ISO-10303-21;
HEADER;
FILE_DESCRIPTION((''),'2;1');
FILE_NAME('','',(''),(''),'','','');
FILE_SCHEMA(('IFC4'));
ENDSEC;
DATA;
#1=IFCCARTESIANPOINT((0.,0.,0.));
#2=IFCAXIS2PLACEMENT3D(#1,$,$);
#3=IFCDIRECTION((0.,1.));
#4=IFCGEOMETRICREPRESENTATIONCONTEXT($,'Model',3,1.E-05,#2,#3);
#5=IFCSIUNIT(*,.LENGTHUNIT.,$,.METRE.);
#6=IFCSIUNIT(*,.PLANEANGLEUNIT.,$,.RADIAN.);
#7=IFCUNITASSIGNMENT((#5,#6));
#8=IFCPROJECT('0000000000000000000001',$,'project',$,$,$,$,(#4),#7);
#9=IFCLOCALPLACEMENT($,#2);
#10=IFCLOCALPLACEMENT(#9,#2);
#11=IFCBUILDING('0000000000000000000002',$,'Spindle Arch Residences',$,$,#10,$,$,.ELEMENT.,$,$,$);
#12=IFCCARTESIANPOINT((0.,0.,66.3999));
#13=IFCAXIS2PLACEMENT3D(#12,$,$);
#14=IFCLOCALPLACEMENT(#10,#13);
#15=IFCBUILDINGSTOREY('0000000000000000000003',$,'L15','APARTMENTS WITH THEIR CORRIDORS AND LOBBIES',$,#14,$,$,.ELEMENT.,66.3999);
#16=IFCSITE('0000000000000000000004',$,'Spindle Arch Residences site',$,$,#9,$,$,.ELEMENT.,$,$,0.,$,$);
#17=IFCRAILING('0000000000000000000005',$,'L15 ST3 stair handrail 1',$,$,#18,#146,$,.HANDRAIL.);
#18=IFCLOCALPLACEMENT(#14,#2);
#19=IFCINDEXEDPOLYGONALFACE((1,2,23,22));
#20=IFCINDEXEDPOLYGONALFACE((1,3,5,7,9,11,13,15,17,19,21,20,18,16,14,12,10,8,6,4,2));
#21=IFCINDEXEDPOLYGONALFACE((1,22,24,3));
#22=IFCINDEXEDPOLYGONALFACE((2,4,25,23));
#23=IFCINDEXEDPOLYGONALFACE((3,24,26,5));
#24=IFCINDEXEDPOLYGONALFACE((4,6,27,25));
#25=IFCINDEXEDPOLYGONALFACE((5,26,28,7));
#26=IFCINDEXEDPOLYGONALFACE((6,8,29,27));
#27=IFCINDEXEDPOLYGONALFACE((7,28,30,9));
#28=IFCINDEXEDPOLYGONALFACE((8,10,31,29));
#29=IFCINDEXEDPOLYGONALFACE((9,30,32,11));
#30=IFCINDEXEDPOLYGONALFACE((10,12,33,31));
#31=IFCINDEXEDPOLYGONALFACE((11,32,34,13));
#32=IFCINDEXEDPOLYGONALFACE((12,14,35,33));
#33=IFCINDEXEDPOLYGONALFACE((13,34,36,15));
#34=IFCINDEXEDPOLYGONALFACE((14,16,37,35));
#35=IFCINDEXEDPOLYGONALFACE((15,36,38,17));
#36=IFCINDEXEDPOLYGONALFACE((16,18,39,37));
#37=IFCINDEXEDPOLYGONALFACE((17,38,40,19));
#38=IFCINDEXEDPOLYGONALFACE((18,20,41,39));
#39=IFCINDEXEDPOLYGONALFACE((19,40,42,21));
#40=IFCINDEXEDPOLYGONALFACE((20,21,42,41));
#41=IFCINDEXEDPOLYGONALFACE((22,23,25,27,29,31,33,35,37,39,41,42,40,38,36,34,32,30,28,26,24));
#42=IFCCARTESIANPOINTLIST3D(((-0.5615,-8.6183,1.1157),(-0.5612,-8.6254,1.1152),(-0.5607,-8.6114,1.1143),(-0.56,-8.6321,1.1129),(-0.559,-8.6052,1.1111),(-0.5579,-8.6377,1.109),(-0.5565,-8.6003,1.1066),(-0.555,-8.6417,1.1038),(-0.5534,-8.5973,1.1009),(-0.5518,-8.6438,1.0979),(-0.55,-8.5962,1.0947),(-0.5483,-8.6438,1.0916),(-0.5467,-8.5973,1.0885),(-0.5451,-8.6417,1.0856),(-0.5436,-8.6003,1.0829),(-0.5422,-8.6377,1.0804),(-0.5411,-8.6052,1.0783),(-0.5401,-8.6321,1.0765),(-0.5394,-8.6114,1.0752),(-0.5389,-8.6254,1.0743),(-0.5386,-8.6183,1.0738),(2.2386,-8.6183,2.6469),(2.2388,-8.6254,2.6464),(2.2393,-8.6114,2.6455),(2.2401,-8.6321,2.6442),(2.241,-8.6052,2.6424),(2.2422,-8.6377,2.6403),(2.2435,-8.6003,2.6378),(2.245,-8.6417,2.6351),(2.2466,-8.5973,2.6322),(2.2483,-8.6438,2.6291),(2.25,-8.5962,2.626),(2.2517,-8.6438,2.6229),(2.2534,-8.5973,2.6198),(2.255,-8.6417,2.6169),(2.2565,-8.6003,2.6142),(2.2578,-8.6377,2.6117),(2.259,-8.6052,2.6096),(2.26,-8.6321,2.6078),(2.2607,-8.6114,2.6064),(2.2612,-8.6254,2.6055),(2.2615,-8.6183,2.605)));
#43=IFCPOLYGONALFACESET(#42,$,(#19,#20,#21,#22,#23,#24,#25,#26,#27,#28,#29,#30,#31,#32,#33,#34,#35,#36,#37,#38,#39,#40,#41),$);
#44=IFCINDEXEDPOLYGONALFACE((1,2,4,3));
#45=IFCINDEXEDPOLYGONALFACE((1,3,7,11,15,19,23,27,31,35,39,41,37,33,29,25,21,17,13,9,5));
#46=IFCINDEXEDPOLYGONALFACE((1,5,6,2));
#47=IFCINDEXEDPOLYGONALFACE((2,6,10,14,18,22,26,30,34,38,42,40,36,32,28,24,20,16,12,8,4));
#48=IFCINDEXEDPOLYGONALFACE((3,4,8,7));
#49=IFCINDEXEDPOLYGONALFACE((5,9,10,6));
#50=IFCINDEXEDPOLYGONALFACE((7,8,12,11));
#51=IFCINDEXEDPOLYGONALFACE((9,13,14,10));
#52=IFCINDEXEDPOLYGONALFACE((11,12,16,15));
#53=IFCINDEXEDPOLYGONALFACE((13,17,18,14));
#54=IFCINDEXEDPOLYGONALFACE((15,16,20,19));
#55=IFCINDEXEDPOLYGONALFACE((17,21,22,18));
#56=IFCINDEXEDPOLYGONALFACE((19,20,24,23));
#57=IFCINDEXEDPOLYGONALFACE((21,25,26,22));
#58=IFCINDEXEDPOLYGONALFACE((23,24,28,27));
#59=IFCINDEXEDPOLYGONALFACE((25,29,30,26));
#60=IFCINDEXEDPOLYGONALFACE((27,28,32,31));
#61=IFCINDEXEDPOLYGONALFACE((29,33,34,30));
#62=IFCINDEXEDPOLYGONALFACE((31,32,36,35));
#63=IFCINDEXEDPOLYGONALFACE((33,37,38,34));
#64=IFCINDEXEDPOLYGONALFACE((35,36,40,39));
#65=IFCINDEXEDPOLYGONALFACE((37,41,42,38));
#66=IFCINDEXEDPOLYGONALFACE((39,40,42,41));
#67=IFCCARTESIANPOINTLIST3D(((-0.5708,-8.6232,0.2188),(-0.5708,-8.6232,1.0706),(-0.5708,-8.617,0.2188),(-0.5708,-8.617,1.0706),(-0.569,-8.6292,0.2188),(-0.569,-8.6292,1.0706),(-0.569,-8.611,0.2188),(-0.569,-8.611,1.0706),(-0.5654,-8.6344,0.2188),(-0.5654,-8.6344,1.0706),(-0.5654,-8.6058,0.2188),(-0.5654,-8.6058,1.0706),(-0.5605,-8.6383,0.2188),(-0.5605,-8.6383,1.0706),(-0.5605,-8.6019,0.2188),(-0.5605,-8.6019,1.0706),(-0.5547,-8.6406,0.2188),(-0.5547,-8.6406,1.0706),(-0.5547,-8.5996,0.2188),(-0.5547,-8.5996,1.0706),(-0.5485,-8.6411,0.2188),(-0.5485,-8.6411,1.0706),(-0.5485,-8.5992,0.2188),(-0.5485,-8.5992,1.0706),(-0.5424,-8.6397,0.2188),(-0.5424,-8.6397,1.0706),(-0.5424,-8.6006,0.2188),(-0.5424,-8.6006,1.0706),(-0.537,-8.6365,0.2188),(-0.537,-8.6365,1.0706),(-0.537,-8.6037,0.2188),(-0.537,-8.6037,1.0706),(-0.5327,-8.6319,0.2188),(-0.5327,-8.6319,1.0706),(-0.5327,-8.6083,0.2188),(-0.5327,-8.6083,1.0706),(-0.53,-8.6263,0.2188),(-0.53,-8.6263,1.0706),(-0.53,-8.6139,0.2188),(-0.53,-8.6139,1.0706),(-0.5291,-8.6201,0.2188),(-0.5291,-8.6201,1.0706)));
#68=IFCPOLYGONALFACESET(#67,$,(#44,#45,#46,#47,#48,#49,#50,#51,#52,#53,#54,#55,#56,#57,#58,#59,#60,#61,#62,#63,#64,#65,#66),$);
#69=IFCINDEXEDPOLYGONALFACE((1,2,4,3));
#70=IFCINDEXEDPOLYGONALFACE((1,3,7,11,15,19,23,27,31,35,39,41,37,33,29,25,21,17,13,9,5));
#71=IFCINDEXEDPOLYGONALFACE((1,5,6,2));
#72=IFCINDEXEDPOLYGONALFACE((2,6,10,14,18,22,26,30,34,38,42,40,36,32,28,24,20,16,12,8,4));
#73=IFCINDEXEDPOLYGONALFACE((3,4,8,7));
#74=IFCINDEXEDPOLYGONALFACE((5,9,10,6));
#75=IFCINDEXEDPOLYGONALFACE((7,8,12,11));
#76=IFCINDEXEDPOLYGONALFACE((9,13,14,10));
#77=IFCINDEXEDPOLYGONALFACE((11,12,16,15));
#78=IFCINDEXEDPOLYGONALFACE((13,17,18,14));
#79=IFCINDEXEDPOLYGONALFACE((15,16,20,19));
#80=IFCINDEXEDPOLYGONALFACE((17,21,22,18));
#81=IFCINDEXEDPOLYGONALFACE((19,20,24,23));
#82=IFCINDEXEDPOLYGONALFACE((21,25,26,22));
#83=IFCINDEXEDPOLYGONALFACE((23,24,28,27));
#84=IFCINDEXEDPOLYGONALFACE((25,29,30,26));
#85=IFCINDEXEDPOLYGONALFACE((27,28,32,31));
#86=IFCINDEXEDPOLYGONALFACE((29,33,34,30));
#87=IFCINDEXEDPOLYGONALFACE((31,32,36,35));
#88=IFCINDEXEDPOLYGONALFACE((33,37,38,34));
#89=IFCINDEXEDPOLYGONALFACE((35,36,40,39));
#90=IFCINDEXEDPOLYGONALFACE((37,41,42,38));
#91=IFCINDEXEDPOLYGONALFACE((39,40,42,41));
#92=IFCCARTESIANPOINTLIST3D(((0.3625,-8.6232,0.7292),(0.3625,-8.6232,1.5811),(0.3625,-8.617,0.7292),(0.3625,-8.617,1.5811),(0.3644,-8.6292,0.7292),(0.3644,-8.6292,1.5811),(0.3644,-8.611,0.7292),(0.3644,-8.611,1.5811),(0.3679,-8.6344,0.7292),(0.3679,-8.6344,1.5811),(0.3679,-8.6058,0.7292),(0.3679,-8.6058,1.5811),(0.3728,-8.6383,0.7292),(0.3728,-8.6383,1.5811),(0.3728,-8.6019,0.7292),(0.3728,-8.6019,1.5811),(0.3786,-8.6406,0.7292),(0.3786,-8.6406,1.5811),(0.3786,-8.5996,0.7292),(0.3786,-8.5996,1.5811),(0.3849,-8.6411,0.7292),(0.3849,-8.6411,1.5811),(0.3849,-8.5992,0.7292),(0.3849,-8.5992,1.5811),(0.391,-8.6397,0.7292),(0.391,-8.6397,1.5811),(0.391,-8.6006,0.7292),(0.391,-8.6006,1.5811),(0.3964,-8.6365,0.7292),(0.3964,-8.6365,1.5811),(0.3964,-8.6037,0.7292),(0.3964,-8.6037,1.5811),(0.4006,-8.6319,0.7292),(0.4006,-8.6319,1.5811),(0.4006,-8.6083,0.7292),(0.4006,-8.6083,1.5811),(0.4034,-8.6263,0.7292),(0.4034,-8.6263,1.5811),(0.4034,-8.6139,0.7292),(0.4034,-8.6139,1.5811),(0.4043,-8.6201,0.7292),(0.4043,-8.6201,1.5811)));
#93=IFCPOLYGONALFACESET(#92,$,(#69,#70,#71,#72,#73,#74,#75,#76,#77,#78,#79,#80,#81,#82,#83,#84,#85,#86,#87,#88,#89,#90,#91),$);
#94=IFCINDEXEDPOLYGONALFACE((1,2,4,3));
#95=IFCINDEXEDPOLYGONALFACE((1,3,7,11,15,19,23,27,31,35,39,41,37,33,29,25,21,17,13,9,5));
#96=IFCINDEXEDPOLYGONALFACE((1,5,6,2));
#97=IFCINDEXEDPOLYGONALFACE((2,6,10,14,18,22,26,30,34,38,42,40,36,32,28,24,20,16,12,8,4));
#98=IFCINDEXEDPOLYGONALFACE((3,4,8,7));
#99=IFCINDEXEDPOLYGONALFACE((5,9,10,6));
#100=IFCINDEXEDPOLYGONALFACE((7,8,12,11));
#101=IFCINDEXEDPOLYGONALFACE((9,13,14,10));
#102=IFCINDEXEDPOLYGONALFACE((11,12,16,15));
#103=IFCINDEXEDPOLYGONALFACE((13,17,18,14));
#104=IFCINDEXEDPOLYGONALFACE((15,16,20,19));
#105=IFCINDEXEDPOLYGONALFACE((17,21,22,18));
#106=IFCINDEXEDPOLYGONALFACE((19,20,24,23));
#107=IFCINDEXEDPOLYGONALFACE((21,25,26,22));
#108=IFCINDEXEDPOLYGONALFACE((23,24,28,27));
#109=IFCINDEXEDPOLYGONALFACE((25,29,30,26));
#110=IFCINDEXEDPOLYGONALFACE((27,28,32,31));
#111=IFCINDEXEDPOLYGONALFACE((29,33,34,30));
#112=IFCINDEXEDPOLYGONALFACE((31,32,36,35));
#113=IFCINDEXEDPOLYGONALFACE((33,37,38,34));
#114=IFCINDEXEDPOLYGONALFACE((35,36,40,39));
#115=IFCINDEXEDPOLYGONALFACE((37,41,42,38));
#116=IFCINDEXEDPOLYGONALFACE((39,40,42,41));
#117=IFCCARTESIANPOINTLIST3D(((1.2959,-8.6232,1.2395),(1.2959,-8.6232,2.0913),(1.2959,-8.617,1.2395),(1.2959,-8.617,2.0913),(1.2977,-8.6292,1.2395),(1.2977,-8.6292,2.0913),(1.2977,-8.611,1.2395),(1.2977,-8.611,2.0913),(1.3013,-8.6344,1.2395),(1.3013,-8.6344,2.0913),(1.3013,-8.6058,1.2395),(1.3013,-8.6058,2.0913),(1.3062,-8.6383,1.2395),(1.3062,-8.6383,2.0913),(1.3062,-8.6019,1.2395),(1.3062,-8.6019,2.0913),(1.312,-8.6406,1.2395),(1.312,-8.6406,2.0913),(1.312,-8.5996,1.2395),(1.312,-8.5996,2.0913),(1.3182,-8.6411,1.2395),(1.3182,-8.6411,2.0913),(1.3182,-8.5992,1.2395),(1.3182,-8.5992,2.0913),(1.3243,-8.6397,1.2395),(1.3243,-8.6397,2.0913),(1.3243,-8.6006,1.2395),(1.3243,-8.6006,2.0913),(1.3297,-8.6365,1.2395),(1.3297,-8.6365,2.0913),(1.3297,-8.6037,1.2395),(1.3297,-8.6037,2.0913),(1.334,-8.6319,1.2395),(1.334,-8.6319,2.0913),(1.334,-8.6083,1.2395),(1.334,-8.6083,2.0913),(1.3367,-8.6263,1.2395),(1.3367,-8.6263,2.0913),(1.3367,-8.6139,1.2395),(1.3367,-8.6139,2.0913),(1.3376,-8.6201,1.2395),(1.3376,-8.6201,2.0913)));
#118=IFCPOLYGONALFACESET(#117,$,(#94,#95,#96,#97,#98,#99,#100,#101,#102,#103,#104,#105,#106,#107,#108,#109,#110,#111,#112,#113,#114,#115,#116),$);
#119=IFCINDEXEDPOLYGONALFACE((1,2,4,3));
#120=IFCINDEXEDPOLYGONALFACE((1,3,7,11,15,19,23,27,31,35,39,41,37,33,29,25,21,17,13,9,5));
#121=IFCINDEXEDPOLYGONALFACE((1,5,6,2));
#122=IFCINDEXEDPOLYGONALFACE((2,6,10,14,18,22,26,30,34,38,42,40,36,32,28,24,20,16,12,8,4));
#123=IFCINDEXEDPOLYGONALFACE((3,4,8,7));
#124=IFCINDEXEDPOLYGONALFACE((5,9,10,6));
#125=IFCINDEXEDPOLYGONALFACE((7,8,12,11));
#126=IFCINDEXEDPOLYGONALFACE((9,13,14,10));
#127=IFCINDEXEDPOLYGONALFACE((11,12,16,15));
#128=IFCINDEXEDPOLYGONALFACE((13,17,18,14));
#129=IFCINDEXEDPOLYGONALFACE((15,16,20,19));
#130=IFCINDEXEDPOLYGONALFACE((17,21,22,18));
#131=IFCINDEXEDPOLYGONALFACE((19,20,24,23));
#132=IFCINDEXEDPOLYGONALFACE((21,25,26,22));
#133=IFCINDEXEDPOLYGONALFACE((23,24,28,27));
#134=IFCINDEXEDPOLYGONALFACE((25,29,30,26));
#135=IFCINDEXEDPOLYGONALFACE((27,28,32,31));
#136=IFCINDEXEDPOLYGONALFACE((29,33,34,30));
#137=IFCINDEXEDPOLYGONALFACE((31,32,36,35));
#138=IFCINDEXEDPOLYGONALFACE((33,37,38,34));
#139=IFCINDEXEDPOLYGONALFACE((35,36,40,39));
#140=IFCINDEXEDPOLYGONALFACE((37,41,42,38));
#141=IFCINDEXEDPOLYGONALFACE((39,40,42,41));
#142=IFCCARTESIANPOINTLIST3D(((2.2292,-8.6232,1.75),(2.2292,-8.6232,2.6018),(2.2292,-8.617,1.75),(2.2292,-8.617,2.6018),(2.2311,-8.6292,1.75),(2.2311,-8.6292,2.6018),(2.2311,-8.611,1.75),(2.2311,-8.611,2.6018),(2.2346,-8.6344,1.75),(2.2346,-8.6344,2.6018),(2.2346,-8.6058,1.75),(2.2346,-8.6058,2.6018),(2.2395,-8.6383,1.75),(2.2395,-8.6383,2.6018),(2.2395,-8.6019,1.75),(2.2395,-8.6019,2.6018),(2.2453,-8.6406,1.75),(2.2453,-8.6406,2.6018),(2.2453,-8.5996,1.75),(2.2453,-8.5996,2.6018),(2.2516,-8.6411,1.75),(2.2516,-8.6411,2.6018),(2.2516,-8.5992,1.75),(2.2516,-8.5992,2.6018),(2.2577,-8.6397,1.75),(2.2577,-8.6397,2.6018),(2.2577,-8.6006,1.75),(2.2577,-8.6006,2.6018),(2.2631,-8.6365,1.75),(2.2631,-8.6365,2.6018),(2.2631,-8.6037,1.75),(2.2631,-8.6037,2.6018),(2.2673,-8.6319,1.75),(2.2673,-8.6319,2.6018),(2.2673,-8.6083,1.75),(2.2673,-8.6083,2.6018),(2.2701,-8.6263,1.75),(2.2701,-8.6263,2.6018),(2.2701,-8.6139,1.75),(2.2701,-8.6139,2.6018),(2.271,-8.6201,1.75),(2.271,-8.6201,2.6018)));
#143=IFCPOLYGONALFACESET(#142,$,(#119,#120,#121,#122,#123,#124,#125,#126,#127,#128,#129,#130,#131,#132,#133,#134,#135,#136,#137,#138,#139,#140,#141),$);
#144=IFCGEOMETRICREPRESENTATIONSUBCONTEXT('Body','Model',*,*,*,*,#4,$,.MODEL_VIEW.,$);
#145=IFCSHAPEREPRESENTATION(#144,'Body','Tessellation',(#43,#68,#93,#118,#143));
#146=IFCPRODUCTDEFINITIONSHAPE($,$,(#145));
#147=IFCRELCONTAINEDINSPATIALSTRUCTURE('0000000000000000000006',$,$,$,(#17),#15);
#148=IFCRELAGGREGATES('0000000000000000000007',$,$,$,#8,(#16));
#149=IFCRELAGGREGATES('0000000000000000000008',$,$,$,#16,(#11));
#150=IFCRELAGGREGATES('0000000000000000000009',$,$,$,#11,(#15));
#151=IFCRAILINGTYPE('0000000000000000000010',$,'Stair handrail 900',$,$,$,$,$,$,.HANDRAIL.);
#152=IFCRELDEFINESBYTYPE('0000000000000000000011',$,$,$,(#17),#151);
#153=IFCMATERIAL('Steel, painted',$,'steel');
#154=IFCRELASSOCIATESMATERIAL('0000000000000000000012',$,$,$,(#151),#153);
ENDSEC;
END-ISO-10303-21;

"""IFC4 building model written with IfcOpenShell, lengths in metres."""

from ifc_helpers import new_model, si_unit, direction, frame, origin, origin_2d, place, context, subcontext, project, spatial, circle, extrude, material, type_object, element, save


model = new_model("IFC4")

# Units and contexts
model_context = context("Model", 3, precision=1e-05, world=origin(), true_north=direction((0.0, 1.0)))
body_context = subcontext(model_context, "Body", "Model", "MODEL_VIEW")
ifc_project = project(units=[si_unit("LENGTHUNIT", "METRE"), si_unit("PLANEANGLEUNIT", "RADIAN")], contexts=[model_context])

# Site, building, storey
site_placement = place(None, origin())
site = spatial("IfcSite", under=ifc_project, at=site_placement, Name="Spindle Arch Residences site", CompositionType="ELEMENT", RefElevation=0.0)
building_placement = place(site_placement, origin())
building = spatial("IfcBuilding", under=site, at=building_placement, Name="Spindle Arch Residences", CompositionType="ELEMENT")
storey_placement = place(building_placement, frame((0.0, 0.0, 66.3999)))
storey = spatial("IfcBuildingStorey", under=building, at=storey_placement, Name="L15", Description="APARTMENTS WITH THEIR CORRIDORS AND LOBBIES", CompositionType="ELEMENT", Elevation=66.3999)

# Railing
ifc_material_1 = material(Name="Steel, painted", Category="steel")
railing_type_1 = type_object("IfcRailingType", Name="Stair handrail 900", PredefinedType="HANDRAIL", material=ifc_material_1)
railing_1_placement = place(storey_placement, frame((-0.55, -8.6201, 0.2188)))
element("IfcRailing", 1, at=railing_1_placement, inside=storey, type_object=railing_type_1, Name="L15 ST3 stair handrail 1", PredefinedType="HANDRAIL", context=body_context, shape_type="SweptSolid", body=[
    extrude(circle(Radius=0.0239, at=origin_2d()), frame((0.0, 0.0, 0.876), z_axis=(0.877375, 0.0, 0.479806), x_axis=(0.0, 1.0, 0.0)), (0.0, 0.0, 1.0), 3.1914),
    extrude(circle(Radius=0.021, at=origin_2d()), origin(), (0.0, 0.0, 1.0), 0.8518),
    extrude(circle(Radius=0.021, at=origin_2d()), frame((0.9333, 0.0, 0.5105)), (0.0, 0.0, 1.0), 0.8518),
    extrude(circle(Radius=0.021, at=origin_2d()), frame((1.8667, 0.0, 1.0208)), (0.0, 0.0, 1.0), 0.8518),
    extrude(circle(Radius=0.021, at=origin_2d()), frame((2.8, 0.0, 1.5312)), (0.0, 0.0, 1.0), 0.8518),
])

save(model, "model.ifc")
